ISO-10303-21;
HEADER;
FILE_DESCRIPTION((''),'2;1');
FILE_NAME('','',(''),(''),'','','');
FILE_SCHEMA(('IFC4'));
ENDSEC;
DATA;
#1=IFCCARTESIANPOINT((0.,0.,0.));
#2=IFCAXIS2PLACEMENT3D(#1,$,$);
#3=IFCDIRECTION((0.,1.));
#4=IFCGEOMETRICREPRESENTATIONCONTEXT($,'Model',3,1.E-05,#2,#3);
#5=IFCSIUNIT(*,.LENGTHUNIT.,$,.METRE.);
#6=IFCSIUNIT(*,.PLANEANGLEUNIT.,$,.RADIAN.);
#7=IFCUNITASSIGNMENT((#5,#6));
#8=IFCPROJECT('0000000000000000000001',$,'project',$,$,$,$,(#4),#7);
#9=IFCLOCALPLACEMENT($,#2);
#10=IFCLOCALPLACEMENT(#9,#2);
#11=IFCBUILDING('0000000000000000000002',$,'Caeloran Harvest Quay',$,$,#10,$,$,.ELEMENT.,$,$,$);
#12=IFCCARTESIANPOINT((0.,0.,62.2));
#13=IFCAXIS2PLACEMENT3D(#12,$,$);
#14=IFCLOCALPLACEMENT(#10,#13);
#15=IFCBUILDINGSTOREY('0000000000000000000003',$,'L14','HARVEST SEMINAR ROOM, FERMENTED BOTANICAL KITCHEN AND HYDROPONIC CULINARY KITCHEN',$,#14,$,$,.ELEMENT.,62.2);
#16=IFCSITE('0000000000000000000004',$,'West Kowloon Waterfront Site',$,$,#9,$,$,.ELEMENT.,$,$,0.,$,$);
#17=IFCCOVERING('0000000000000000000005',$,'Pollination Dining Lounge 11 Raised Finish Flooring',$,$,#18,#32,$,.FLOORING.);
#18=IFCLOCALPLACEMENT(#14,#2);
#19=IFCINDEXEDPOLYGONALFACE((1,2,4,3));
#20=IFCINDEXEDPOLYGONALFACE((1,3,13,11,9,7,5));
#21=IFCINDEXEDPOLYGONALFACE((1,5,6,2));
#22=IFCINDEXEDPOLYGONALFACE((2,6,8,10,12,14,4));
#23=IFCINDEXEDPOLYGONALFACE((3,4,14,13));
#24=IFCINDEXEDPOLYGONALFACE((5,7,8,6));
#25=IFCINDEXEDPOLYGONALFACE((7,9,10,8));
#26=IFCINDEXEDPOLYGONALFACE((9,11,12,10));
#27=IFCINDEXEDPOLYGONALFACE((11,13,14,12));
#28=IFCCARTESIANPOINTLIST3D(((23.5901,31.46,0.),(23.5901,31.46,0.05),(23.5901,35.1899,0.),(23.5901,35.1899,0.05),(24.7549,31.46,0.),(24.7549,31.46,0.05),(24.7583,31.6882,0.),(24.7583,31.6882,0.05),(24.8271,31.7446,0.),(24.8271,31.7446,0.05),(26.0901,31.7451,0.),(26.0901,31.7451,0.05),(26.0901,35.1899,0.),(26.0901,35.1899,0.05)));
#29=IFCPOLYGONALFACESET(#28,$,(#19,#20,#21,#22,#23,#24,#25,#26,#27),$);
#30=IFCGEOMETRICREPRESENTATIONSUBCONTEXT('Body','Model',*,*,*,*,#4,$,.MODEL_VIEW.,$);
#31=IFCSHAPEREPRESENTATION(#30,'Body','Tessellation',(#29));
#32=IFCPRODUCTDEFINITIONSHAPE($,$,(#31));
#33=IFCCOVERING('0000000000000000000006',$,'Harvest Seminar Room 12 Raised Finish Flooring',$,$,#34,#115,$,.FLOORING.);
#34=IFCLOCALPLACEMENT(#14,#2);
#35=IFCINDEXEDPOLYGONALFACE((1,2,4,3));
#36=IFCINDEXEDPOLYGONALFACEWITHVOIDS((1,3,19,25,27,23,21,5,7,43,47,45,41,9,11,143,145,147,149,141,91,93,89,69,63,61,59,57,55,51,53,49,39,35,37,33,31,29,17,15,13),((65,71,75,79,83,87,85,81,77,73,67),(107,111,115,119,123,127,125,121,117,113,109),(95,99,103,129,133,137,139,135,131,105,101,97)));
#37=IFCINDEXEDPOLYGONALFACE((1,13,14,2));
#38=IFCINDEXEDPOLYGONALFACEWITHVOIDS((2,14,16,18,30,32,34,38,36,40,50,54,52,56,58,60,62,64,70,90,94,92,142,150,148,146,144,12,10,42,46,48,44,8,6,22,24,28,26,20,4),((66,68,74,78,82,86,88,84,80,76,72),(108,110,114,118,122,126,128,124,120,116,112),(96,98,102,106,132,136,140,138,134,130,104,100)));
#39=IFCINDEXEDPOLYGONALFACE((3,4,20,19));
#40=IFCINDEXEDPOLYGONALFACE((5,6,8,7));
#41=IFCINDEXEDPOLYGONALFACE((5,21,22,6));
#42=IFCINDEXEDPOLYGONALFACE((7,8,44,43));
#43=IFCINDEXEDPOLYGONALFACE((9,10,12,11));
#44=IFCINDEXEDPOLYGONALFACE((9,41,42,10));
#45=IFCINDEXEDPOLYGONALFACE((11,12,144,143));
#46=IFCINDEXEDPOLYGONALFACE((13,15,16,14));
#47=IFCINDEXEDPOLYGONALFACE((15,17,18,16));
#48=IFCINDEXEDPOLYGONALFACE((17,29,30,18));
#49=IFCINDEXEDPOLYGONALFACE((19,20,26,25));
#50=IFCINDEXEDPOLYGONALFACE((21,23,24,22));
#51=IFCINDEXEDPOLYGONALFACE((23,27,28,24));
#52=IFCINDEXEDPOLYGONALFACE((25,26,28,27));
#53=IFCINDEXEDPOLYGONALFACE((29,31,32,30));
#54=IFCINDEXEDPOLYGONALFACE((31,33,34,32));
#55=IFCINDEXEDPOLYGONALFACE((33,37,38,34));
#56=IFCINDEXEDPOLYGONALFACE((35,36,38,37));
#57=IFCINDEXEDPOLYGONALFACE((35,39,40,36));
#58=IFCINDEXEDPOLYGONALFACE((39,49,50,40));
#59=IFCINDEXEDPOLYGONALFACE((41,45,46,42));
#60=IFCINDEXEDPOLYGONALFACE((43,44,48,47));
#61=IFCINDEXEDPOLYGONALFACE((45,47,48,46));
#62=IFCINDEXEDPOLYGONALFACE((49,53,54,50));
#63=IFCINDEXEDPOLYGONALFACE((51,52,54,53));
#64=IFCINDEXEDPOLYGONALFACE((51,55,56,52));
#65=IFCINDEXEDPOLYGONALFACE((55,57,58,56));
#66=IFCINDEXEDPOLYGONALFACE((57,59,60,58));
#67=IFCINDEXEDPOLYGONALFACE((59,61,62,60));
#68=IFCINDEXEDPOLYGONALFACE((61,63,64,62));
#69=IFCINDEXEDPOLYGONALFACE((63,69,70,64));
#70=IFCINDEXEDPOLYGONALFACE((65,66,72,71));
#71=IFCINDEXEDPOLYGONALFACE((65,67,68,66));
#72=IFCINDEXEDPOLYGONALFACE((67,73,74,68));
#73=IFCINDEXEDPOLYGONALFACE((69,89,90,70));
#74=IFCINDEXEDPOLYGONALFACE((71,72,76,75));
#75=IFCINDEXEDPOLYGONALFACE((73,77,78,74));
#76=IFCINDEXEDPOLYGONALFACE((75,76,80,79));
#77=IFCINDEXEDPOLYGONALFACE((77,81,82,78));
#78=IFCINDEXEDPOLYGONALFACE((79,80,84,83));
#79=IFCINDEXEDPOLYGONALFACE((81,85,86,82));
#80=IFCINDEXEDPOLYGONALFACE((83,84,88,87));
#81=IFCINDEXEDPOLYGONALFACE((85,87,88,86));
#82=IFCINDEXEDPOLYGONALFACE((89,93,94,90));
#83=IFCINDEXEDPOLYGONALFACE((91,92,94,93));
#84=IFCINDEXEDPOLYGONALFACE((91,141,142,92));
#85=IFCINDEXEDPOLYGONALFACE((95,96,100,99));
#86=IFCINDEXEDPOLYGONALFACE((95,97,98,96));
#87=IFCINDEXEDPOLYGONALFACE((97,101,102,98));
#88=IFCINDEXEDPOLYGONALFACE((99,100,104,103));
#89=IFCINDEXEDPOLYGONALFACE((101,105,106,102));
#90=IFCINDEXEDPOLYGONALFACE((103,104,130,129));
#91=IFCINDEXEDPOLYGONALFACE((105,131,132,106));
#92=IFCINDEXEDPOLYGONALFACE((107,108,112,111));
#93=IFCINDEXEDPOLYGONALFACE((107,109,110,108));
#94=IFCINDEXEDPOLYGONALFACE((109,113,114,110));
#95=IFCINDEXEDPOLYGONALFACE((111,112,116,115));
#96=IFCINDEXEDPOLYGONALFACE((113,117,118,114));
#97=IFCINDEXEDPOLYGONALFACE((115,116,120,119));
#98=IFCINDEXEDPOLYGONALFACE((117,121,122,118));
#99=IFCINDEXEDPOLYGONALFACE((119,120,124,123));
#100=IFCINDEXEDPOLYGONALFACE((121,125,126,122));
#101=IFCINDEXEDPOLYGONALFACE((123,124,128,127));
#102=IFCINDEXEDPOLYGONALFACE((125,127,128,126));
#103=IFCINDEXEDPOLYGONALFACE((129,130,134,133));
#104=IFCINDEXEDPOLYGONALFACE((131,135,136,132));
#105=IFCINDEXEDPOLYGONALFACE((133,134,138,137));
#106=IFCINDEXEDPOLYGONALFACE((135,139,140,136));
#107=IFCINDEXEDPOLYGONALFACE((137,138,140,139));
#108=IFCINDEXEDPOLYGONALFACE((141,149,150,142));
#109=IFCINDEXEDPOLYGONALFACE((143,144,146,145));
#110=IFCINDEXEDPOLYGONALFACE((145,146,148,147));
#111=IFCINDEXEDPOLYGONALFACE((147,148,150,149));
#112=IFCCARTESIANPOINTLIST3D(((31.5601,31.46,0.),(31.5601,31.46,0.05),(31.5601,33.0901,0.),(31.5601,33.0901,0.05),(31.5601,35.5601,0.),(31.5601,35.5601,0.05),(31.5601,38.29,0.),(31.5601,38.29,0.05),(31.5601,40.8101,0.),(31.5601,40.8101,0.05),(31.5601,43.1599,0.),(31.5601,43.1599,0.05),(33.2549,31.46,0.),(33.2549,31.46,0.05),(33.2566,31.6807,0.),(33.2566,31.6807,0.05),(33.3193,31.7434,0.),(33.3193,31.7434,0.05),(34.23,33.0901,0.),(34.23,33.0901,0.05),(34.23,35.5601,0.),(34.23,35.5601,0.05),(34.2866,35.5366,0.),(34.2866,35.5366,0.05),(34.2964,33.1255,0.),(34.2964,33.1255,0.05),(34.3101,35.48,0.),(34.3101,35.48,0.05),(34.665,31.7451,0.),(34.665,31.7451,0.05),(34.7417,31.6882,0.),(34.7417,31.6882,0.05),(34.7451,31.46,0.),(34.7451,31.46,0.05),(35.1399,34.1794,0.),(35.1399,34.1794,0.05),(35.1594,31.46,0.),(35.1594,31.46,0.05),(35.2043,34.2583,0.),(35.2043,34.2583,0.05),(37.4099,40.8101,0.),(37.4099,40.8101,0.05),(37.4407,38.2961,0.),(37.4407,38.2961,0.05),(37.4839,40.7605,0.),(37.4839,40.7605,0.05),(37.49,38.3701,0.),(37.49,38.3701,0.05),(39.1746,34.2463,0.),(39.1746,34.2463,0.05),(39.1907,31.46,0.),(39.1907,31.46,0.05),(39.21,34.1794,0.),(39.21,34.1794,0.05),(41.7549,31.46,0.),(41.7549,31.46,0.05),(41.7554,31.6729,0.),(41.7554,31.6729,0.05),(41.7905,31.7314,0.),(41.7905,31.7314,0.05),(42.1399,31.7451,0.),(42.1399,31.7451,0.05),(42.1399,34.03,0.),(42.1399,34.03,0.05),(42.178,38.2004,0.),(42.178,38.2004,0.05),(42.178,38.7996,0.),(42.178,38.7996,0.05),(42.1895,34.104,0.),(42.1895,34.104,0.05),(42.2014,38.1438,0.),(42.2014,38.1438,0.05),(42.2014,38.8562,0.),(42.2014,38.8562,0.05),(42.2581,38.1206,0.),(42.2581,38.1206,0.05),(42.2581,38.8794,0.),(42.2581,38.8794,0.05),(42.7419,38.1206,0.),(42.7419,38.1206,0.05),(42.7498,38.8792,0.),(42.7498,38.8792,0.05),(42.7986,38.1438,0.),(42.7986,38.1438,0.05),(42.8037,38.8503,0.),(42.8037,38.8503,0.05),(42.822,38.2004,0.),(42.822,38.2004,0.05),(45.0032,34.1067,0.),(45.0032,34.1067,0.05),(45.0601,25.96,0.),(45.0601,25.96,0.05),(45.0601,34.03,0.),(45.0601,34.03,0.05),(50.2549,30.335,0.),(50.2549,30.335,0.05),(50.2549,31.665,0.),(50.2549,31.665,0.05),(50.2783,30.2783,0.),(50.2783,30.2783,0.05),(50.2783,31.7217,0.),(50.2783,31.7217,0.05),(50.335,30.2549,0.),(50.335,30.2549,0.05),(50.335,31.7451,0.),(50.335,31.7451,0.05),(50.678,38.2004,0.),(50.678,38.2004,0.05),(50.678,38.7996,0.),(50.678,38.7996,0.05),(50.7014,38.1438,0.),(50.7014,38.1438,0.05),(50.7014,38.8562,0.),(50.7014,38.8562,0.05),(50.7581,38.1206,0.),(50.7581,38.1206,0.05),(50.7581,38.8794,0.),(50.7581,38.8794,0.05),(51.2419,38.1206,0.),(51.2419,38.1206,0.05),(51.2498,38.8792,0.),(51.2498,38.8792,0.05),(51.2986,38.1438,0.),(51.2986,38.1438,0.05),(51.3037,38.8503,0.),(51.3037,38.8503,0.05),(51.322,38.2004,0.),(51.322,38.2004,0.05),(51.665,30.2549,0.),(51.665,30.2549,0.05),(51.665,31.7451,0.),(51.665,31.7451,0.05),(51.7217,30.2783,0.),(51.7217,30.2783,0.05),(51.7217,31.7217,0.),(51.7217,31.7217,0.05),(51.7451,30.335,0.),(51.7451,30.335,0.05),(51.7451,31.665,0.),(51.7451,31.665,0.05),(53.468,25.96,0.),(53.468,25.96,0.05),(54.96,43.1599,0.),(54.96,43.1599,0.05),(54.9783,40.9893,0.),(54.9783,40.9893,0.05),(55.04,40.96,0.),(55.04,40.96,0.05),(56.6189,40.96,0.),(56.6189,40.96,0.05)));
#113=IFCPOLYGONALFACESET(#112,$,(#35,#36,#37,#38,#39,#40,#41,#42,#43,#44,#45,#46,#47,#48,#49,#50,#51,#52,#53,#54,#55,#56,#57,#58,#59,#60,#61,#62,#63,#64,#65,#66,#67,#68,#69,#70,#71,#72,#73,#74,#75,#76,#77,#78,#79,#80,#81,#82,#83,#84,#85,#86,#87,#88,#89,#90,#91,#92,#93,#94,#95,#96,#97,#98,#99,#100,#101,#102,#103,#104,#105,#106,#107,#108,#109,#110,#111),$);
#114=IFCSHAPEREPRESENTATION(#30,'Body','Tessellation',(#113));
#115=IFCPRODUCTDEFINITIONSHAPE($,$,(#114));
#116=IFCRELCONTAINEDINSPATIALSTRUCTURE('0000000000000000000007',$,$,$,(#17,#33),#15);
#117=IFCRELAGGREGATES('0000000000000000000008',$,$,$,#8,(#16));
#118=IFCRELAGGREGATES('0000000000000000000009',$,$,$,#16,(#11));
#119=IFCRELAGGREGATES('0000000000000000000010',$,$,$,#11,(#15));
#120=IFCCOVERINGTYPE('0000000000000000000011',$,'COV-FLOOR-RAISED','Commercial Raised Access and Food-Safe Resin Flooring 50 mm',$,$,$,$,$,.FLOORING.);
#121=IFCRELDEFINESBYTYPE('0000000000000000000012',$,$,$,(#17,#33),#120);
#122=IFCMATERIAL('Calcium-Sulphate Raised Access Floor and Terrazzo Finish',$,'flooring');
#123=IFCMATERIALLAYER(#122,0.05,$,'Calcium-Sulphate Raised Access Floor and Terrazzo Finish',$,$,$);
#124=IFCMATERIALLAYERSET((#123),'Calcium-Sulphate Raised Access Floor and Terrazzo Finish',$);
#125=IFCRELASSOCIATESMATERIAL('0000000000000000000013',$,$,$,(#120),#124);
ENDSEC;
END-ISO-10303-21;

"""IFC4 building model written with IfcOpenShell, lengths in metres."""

from ifc_helpers import new_model, si_unit, direction, frame, origin, place, context, subcontext, project, spatial, polyline, outline, extrude, material, layer, layer_set, type_object, element, save


model = new_model("IFC4")

# Units and contexts
model_context = context("Model", 3, precision=1e-05, world=origin(), true_north=direction((0.0, 1.0)))
body_context = subcontext(model_context, "Body", "Model", "MODEL_VIEW")
ifc_project = project(units=[si_unit("LENGTHUNIT", "METRE"), si_unit("PLANEANGLEUNIT", "RADIAN")], contexts=[model_context])

# Site, building, storey
site_placement = place(None, origin())
site = spatial("IfcSite", under=ifc_project, at=site_placement, Name="West Kowloon Waterfront Site", CompositionType="ELEMENT", RefElevation=0.0)
building_placement = place(site_placement, origin())
building = spatial("IfcBuilding", under=site, at=building_placement, Name="Caeloran Harvest Quay", CompositionType="ELEMENT")
storey_placement = place(building_placement, frame((0.0, 0.0, 62.2)))
storey = spatial("IfcBuildingStorey", under=building, at=storey_placement, Name="L14", Description="HARVEST SEMINAR ROOM, FERMENTED BOTANICAL KITCHEN AND HYDROPONIC CULINARY KITCHEN", CompositionType="ELEMENT", Elevation=62.2)

# Coverings
ifc_material_1 = material(Name="Calcium-Sulphate Raised Access Floor and Terrazzo Finish", Category="flooring")
ifc_layer_1 = layer(ifc_material_1, 0.05, Name="Calcium-Sulphate Raised Access Floor and Terrazzo Finish")
ifc_layer_set_1 = layer_set([ifc_layer_1], Name="Calcium-Sulphate Raised Access Floor and Terrazzo Finish")
covering_type_1 = type_object("IfcCoveringType", Name="COV-FLOOR-RAISED", Description="Commercial Raised Access and Food-Safe Resin Flooring 50 mm", PredefinedType="FLOORING", material=ifc_layer_set_1)
covering_1_placement = place(storey_placement, origin())
element("IfcCovering", 1, at=covering_1_placement, inside=storey, type_object=covering_type_1, Name="Pollination Dining Lounge 11 Raised Finish Flooring", PredefinedType="FLOORING", context=body_context, shape_type="SweptSolid", body=[
    extrude(outline(polyline([(23.5901, 35.1899), (26.0901, 35.1899), (26.0901, 31.7451), (24.8271, 31.7446), (24.7583, 31.6882), (24.7549, 31.46), (23.5901, 31.46), (23.5901, 35.1899)])), origin(), (0.0, 0.0, 1.0), 0.05),
])
covering_2_placement = place(storey_placement, origin())
element("IfcCovering", 2, at=covering_2_placement, inside=storey, type_object=covering_type_1, Name="Harvest Seminar Room 12 Raised Finish Flooring", PredefinedType="FLOORING", context=body_context, shape_type="SweptSolid", body=[
    extrude(outline(polyline([(34.3101, 35.48), (34.2866, 35.5366), (34.23, 35.5601), (31.5601, 35.5601), (31.5601, 38.29), (37.4407, 38.2961), (37.49, 38.3701), (37.4839, 40.7605), (37.4099, 40.8101), (31.5601, 40.8101), (31.5601, 43.1599), (54.96, 43.1599), (54.9783, 40.9893), (55.04, 40.96), (56.6189, 40.96), (53.468, 25.96), (45.0601, 25.96), (45.0601, 34.03), (45.0032, 34.1067), (42.1895, 34.104), (42.1399, 34.03), (42.1399, 31.7451), (41.7905, 31.7314), (41.7554, 31.6729), (41.7549, 31.46), (39.1907, 31.46), (39.21, 34.1794), (39.1746, 34.2463), (35.2043, 34.2583), (35.1399, 34.1794), (35.1594, 31.46), (34.7451, 31.46), (34.7417, 31.6882), (34.665, 31.7451), (33.3193, 31.7434), (33.2566, 31.6807), (33.2549, 31.46), (31.5601, 31.46), (31.5601, 33.0901), (34.23, 33.0901), (34.2964, 33.1255), (34.3101, 35.48)]), holes=[polyline([(51.7451, 31.665), (51.7217, 31.7217), (51.665, 31.7451), (50.335, 31.7451), (50.2783, 31.7217), (50.2549, 31.665), (50.2549, 30.335), (50.2783, 30.2783), (50.335, 30.2549), (51.665, 30.2549), (51.7217, 30.2783), (51.7451, 30.335), (51.7451, 31.665)]), polyline([(51.322, 38.2004), (51.3037, 38.8503), (51.2498, 38.8792), (50.7581, 38.8794), (50.7014, 38.8562), (50.678, 38.7996), (50.678, 38.2004), (50.7014, 38.1438), (50.7581, 38.1206), (51.2419, 38.1206), (51.2986, 38.1438), (51.322, 38.2004)]), polyline([(42.822, 38.2004), (42.8037, 38.8503), (42.7498, 38.8792), (42.2581, 38.8794), (42.2014, 38.8562), (42.178, 38.7996), (42.178, 38.2004), (42.2014, 38.1438), (42.2581, 38.1206), (42.7419, 38.1206), (42.7986, 38.1438), (42.822, 38.2004)])]), origin(), (0.0, 0.0, 1.0), 0.05),
])

save(model, "model.ifc")
